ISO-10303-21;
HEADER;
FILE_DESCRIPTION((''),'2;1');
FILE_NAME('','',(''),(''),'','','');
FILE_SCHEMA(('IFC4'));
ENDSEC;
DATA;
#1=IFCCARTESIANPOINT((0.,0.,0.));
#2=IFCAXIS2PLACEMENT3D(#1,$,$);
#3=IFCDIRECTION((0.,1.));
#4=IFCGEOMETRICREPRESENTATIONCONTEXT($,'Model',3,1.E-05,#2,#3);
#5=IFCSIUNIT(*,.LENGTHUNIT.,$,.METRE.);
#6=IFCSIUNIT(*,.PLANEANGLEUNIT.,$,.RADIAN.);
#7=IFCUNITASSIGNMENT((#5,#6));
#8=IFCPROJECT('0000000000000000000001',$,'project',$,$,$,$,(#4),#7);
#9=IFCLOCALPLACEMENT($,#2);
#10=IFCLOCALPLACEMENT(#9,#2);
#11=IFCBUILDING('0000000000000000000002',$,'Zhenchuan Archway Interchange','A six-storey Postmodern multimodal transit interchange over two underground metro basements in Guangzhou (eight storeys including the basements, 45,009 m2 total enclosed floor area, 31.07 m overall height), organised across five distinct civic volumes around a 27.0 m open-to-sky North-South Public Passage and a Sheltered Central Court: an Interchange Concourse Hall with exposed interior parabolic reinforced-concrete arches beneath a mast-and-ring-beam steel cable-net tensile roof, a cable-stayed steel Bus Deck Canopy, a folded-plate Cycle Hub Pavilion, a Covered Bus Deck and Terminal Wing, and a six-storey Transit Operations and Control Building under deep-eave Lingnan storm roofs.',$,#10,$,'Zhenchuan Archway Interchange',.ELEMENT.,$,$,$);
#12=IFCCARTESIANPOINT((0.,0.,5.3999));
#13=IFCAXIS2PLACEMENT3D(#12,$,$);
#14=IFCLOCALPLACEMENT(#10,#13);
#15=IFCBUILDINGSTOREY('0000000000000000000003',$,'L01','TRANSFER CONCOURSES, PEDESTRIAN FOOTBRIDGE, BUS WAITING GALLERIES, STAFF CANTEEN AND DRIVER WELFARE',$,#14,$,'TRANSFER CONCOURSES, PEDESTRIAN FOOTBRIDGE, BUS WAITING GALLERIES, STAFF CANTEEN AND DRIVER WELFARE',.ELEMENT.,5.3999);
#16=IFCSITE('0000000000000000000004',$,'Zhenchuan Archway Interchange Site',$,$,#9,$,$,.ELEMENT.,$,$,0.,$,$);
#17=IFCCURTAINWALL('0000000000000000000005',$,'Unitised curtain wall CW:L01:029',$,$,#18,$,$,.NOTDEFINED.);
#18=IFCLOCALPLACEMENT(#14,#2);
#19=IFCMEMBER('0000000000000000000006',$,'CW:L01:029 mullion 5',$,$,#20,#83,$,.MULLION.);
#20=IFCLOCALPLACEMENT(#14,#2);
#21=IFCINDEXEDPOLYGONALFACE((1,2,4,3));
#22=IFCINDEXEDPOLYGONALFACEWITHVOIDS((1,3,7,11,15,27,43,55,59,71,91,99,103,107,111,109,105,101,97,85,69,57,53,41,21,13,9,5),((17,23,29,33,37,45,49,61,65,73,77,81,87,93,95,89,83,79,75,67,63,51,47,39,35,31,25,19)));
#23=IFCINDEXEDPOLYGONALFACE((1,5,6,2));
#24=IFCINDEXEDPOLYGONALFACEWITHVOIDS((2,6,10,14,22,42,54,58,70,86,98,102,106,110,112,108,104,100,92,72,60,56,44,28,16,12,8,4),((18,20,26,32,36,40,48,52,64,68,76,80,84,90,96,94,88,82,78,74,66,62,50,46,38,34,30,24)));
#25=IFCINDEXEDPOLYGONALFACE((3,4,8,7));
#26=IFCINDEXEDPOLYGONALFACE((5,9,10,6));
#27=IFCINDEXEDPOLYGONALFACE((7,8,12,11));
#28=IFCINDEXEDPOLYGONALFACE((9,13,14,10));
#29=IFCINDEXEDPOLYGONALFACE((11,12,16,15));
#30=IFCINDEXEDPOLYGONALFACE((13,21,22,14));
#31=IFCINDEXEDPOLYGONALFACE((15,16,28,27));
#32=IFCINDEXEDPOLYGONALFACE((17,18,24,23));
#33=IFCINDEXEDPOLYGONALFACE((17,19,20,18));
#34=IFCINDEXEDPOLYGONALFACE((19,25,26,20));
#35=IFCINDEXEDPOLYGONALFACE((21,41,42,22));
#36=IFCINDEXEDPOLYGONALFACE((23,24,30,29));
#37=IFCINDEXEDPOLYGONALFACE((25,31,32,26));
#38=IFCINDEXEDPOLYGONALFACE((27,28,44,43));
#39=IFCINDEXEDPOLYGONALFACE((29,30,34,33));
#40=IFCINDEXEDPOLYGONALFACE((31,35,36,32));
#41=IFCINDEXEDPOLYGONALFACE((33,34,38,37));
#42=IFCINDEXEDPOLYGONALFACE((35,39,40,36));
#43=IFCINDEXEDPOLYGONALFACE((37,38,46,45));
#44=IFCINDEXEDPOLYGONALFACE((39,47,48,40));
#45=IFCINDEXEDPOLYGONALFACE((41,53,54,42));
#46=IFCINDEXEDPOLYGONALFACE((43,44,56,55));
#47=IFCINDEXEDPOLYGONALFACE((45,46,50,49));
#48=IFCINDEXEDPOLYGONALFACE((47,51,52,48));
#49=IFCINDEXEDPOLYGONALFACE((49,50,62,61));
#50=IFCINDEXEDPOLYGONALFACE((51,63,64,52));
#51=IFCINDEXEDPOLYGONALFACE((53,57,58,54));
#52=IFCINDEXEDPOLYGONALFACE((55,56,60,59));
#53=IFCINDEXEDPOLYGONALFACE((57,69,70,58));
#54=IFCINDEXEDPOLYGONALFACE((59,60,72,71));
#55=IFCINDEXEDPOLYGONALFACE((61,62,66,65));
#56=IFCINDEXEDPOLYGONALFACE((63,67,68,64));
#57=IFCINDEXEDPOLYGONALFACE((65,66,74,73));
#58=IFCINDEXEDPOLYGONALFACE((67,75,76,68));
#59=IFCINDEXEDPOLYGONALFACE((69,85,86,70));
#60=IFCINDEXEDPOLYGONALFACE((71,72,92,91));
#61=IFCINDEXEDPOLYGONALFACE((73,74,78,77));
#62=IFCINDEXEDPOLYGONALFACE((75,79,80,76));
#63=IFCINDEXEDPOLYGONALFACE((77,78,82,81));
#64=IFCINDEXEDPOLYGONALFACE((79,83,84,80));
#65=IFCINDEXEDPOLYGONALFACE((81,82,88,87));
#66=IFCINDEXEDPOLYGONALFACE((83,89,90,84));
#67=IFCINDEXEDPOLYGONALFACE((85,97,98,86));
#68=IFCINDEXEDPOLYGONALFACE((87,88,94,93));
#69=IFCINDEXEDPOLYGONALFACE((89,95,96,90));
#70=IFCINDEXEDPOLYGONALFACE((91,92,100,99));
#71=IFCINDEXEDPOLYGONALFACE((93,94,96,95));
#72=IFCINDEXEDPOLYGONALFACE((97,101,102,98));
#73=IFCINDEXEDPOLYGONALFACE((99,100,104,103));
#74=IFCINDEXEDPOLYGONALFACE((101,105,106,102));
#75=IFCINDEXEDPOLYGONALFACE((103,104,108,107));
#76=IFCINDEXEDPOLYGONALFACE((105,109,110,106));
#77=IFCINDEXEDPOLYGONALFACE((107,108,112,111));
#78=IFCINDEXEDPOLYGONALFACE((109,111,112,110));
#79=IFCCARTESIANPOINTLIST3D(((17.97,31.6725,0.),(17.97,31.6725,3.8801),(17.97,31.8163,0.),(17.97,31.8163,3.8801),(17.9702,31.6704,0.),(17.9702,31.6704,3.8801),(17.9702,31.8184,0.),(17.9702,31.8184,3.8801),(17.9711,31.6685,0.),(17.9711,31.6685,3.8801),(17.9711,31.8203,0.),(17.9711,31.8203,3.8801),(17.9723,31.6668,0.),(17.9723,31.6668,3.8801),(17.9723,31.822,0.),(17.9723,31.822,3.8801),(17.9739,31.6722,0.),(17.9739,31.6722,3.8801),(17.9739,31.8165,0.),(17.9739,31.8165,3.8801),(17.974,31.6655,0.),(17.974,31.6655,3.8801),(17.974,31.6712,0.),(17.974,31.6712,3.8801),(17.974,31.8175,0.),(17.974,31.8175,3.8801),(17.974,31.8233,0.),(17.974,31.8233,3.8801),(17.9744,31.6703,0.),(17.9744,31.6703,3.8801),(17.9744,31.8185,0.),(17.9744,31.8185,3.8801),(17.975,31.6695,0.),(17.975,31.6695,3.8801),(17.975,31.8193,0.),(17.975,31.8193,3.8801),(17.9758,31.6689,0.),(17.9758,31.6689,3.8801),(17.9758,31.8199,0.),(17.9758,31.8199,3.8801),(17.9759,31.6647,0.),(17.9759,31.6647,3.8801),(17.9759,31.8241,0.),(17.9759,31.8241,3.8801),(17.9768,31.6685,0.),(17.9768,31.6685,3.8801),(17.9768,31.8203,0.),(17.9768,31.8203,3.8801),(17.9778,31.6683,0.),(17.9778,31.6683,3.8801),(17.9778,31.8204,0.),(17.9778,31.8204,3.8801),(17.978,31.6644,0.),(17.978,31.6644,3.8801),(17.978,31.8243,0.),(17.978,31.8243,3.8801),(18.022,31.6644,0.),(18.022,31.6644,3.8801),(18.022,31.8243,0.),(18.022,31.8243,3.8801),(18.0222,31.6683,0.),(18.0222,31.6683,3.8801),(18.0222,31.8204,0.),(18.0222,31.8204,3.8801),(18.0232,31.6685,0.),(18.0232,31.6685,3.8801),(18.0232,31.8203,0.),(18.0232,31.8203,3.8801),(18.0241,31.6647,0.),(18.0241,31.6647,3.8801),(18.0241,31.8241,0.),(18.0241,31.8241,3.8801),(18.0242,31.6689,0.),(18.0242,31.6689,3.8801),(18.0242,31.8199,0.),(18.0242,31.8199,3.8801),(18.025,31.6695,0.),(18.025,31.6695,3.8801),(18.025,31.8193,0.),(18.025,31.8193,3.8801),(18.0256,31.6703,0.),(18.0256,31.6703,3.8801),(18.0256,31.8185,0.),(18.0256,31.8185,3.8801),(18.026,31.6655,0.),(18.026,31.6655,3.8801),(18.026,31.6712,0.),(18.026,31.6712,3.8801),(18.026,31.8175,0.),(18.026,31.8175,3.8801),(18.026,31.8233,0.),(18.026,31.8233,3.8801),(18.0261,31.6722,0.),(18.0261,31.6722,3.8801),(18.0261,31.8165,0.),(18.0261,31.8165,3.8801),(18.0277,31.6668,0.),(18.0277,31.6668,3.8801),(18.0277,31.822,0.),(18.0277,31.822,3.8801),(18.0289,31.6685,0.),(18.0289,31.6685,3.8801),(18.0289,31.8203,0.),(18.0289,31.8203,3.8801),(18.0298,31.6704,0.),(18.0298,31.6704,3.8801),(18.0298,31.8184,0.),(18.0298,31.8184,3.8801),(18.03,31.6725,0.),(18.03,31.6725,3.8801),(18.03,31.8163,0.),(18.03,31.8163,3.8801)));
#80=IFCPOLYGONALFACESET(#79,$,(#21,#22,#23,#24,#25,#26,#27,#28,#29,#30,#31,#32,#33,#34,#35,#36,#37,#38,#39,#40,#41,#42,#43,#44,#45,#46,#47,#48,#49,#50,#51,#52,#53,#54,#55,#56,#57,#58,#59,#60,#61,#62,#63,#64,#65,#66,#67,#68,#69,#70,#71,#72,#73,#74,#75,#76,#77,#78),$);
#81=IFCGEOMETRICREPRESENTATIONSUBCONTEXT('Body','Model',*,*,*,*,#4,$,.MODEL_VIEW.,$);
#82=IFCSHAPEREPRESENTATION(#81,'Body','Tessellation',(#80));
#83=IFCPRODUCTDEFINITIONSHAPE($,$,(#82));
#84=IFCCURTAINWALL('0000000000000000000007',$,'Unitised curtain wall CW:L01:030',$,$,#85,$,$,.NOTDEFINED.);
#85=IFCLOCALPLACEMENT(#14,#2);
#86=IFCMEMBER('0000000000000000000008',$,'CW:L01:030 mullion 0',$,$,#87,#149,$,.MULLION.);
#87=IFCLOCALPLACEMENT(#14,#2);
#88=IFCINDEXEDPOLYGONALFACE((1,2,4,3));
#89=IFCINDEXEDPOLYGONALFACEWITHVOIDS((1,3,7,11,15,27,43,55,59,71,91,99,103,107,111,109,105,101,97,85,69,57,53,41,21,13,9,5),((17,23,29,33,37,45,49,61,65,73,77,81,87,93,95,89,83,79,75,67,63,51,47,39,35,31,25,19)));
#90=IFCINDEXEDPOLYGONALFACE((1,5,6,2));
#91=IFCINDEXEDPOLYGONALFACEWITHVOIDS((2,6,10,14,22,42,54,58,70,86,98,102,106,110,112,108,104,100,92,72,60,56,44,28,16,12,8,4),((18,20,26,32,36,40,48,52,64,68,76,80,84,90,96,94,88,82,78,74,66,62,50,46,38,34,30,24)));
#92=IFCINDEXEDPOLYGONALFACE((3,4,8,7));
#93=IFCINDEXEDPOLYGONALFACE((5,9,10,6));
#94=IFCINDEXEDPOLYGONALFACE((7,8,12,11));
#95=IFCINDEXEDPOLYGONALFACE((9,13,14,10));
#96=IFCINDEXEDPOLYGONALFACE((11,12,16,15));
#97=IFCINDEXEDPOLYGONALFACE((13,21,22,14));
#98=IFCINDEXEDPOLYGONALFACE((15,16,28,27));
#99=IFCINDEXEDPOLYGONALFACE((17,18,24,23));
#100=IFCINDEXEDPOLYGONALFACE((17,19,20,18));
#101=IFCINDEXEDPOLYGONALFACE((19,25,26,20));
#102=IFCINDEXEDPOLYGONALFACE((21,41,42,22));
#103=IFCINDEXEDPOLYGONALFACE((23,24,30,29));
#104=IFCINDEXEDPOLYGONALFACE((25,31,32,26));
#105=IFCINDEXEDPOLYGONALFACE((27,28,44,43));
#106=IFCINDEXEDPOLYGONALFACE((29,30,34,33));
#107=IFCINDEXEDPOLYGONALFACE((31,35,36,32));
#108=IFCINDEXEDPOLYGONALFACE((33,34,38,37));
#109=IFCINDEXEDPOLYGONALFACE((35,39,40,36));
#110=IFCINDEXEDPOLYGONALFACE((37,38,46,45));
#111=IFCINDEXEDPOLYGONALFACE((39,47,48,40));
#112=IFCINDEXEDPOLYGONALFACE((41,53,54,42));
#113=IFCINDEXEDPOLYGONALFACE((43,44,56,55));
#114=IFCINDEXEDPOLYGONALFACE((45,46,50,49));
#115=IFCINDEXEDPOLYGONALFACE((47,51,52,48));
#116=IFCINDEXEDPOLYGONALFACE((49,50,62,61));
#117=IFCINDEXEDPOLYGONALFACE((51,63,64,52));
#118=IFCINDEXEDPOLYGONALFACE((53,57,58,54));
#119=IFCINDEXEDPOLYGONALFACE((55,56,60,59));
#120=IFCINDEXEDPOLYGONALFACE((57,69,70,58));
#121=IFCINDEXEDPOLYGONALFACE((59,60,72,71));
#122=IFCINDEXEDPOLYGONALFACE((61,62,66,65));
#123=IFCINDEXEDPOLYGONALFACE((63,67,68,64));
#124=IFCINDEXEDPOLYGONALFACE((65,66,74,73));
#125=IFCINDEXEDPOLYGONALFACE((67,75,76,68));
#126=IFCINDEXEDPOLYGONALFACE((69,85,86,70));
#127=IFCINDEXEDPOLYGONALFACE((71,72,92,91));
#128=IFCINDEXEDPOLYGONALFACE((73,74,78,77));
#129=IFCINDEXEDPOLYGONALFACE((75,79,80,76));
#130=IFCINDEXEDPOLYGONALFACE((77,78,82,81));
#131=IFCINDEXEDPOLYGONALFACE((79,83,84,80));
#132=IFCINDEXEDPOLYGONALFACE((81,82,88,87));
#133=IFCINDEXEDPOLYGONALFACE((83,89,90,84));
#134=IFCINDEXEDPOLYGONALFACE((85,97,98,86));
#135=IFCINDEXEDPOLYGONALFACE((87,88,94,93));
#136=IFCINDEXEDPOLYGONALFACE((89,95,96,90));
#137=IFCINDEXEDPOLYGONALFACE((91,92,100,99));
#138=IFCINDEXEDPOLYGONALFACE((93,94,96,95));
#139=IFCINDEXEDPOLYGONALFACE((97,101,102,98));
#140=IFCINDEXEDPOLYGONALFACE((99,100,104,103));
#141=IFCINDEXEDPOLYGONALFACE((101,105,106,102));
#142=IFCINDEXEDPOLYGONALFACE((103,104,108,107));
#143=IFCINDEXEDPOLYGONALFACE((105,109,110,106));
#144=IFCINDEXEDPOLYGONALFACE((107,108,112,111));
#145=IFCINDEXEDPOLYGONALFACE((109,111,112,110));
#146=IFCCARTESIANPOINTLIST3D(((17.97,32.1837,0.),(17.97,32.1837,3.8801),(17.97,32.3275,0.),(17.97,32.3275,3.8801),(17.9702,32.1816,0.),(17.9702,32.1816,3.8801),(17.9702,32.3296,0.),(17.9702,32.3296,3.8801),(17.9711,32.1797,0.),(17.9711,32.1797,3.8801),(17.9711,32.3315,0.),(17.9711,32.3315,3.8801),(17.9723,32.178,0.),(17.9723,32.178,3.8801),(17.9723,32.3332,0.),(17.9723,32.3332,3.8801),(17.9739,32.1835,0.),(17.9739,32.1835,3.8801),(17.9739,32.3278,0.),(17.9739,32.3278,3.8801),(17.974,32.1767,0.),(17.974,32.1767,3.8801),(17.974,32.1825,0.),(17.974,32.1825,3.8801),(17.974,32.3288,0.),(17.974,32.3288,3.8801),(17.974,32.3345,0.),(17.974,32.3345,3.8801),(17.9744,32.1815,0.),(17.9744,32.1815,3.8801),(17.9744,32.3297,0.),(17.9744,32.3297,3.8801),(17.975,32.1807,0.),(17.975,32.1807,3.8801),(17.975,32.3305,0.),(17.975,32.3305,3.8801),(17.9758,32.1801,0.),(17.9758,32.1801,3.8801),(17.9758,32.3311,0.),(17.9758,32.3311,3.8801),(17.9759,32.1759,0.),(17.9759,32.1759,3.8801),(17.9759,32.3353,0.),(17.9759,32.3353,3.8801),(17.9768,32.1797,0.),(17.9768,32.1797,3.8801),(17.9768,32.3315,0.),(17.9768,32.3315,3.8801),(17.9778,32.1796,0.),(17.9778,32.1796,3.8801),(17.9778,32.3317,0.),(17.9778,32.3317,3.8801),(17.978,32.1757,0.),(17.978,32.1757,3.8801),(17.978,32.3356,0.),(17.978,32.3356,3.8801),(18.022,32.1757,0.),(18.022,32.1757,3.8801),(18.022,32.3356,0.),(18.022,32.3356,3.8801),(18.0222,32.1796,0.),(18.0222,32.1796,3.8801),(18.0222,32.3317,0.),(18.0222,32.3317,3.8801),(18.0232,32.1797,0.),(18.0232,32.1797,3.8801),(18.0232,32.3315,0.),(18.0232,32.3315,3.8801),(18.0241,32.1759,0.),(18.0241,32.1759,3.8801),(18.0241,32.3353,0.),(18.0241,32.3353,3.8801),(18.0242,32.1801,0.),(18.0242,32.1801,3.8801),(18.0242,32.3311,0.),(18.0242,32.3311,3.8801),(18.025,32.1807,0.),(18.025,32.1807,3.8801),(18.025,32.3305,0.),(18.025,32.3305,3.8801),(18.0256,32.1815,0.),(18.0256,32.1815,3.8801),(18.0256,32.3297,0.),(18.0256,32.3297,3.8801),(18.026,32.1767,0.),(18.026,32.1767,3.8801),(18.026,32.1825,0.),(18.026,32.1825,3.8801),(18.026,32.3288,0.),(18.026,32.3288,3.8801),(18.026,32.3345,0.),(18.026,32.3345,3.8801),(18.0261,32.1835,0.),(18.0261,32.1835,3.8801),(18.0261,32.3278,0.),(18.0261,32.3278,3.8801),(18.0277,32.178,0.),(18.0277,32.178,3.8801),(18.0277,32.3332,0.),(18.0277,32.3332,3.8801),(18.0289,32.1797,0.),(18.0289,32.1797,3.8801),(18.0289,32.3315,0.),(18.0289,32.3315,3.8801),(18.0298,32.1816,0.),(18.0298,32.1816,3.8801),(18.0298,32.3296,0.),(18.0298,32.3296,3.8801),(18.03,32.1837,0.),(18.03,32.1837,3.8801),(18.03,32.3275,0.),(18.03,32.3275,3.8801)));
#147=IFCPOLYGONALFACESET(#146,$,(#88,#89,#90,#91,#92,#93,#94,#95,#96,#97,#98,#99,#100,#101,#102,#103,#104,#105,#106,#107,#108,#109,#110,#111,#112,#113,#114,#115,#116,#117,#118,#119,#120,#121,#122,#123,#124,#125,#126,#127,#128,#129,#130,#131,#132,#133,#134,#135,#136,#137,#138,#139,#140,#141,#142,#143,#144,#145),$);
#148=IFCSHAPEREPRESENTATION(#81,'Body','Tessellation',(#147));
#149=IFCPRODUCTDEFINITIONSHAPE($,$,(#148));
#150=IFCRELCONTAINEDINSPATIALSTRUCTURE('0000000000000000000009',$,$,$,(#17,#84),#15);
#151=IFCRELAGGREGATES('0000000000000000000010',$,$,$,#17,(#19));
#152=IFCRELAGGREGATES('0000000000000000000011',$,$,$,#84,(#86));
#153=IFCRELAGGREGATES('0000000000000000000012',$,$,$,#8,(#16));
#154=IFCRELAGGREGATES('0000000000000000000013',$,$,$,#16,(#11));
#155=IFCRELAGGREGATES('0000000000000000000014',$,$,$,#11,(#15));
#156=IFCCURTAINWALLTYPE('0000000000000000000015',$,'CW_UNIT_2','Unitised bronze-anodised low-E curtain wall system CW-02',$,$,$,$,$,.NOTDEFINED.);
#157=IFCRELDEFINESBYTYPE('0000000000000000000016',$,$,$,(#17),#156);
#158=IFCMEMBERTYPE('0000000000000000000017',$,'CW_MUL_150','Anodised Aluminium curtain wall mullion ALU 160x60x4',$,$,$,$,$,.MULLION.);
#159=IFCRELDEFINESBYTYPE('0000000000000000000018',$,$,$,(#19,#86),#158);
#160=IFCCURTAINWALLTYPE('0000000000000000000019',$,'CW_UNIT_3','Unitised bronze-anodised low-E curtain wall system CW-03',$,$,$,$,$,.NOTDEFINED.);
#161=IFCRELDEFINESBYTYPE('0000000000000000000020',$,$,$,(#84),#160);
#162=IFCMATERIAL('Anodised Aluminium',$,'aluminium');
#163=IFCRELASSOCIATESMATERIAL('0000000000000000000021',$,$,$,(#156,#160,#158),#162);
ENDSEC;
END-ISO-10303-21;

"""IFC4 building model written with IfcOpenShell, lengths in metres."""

from ifc_helpers import new_model, si_unit, direction, frame, origin, origin_2d, place, context, subcontext, project, spatial, hollow_rectangle, extrude, material, material_profile, profile_set, type_object, element, aggregate, save


model = new_model("IFC4")

# Units and contexts
model_context = context("Model", 3, precision=1e-05, world=origin(), true_north=direction((0.0, 1.0)))
body_context = subcontext(model_context, "Body", "Model", "MODEL_VIEW")
ifc_project = project(units=[si_unit("LENGTHUNIT", "METRE"), si_unit("PLANEANGLEUNIT", "RADIAN")], contexts=[model_context])

# Site, building, storey
site_placement = place(None, origin())
site = spatial("IfcSite", under=ifc_project, at=site_placement, Name="Zhenchuan Archway Interchange Site", CompositionType="ELEMENT", RefElevation=0.0)
building_placement = place(site_placement, origin())
building = spatial("IfcBuilding", under=site, at=building_placement, Name="Zhenchuan Archway Interchange", Description="A six-storey Postmodern multimodal transit interchange over two underground metro basements in Guangzhou (eight storeys including the basements, 45,009 m2 total enclosed floor area, 31.07 m overall height), organised across five distinct civic volumes around a 27.0 m open-to-sky North-South Public Passage and a Sheltered Central Court: an Interchange Concourse Hall with exposed interior parabolic reinforced-concrete arches beneath a mast-and-ring-beam steel cable-net tensile roof, a cable-stayed steel Bus Deck Canopy, a folded-plate Cycle Hub Pavilion, a Covered Bus Deck and Terminal Wing, and a six-storey Transit Operations and Control Building under deep-eave Lingnan storm roofs.", LongName="Zhenchuan Archway Interchange", CompositionType="ELEMENT")
storey_placement = place(building_placement, frame((0.0, 0.0, 5.3999)))
storey = spatial("IfcBuildingStorey", under=building, at=storey_placement, Name="L01", Description="TRANSFER CONCOURSES, PEDESTRIAN FOOTBRIDGE, BUS WAITING GALLERIES, STAFF CANTEEN AND DRIVER WELFARE", LongName="TRANSFER CONCOURSES, PEDESTRIAN FOOTBRIDGE, BUS WAITING GALLERIES, STAFF CANTEEN AND DRIVER WELFARE", CompositionType="ELEMENT", Elevation=5.3999)

# Curtain walls, members
ifc_material_1 = material(Name="Anodised Aluminium", Category="aluminium")
curtain_wall_type_1 = type_object("IfcCurtainWallType", Name="CW_UNIT_2", Description="Unitised bronze-anodised low-E curtain wall system CW-02", PredefinedType="NOTDEFINED", material=ifc_material_1)
curtain_wall_1_placement = place(storey_placement, origin())
curtain_wall_1 = element("IfcCurtainWall", 1, at=curtain_wall_1_placement, inside=storey, type_object=curtain_wall_type_1, Name="Unitised curtain wall CW:L01:029", PredefinedType="NOTDEFINED")
ifc_material_profile_1 = material_profile(ifc_material_1, hollow_rectangle(XDim=0.0601, YDim=0.1599, WallThickness=0.0039, InnerFilletRadius=0.0039, OuterFilletRadius=0.0081, at=origin_2d()), Name="ALU 160x60x4")
ifc_profile_set_1 = profile_set([ifc_material_profile_1], Name="Anodised Aluminium")
member_type_1 = type_object("IfcMemberType", Name="CW_MUL_150", Description="Anodised Aluminium curtain wall mullion ALU 160x60x4", PredefinedType="MULLION", material=ifc_profile_set_1)
member_1_placement = place(storey_placement, frame((18.0, 31.7444, 0.0), z_axis=(0.0, 0.0, 1.0), x_axis=(1.0, 0.0, 0.0)))
member_1 = element("IfcMember", 2, at=member_1_placement, type_object=member_type_1, Name="CW:L01:029 mullion 5", PredefinedType="MULLION", context=body_context, shape_type="SweptSolid", body=[
    extrude(hollow_rectangle(XDim=0.0601, YDim=0.1599, WallThickness=0.0039, InnerFilletRadius=0.0039, OuterFilletRadius=0.0081, at=origin_2d()), origin(), (0.0, 0.0, 1.0), 3.8801),
])
curtain_wall_type_2 = type_object("IfcCurtainWallType", Name="CW_UNIT_3", Description="Unitised bronze-anodised low-E curtain wall system CW-03", PredefinedType="NOTDEFINED", material=ifc_material_1)
curtain_wall_2_placement = place(storey_placement, origin())
curtain_wall_2 = element("IfcCurtainWall", 3, at=curtain_wall_2_placement, inside=storey, type_object=curtain_wall_type_2, Name="Unitised curtain wall CW:L01:030", PredefinedType="NOTDEFINED")
member_2_placement = place(storey_placement, frame((18.0, 32.2556, 0.0), z_axis=(0.0, 0.0, 1.0), x_axis=(1.0, 0.0, 0.0)))
member_2 = element("IfcMember", 4, at=member_2_placement, type_object=member_type_1, Name="CW:L01:030 mullion 0", PredefinedType="MULLION", context=body_context, shape_type="SweptSolid", body=[
    extrude(hollow_rectangle(XDim=0.0601, YDim=0.1599, WallThickness=0.0039, InnerFilletRadius=0.0039, OuterFilletRadius=0.0081, at=origin_2d()), origin(), (0.0, 0.0, 1.0), 3.8801),
])

aggregate(curtain_wall_1, [member_1])
aggregate(curtain_wall_2, [member_2])

save(model, "model.ifc")
